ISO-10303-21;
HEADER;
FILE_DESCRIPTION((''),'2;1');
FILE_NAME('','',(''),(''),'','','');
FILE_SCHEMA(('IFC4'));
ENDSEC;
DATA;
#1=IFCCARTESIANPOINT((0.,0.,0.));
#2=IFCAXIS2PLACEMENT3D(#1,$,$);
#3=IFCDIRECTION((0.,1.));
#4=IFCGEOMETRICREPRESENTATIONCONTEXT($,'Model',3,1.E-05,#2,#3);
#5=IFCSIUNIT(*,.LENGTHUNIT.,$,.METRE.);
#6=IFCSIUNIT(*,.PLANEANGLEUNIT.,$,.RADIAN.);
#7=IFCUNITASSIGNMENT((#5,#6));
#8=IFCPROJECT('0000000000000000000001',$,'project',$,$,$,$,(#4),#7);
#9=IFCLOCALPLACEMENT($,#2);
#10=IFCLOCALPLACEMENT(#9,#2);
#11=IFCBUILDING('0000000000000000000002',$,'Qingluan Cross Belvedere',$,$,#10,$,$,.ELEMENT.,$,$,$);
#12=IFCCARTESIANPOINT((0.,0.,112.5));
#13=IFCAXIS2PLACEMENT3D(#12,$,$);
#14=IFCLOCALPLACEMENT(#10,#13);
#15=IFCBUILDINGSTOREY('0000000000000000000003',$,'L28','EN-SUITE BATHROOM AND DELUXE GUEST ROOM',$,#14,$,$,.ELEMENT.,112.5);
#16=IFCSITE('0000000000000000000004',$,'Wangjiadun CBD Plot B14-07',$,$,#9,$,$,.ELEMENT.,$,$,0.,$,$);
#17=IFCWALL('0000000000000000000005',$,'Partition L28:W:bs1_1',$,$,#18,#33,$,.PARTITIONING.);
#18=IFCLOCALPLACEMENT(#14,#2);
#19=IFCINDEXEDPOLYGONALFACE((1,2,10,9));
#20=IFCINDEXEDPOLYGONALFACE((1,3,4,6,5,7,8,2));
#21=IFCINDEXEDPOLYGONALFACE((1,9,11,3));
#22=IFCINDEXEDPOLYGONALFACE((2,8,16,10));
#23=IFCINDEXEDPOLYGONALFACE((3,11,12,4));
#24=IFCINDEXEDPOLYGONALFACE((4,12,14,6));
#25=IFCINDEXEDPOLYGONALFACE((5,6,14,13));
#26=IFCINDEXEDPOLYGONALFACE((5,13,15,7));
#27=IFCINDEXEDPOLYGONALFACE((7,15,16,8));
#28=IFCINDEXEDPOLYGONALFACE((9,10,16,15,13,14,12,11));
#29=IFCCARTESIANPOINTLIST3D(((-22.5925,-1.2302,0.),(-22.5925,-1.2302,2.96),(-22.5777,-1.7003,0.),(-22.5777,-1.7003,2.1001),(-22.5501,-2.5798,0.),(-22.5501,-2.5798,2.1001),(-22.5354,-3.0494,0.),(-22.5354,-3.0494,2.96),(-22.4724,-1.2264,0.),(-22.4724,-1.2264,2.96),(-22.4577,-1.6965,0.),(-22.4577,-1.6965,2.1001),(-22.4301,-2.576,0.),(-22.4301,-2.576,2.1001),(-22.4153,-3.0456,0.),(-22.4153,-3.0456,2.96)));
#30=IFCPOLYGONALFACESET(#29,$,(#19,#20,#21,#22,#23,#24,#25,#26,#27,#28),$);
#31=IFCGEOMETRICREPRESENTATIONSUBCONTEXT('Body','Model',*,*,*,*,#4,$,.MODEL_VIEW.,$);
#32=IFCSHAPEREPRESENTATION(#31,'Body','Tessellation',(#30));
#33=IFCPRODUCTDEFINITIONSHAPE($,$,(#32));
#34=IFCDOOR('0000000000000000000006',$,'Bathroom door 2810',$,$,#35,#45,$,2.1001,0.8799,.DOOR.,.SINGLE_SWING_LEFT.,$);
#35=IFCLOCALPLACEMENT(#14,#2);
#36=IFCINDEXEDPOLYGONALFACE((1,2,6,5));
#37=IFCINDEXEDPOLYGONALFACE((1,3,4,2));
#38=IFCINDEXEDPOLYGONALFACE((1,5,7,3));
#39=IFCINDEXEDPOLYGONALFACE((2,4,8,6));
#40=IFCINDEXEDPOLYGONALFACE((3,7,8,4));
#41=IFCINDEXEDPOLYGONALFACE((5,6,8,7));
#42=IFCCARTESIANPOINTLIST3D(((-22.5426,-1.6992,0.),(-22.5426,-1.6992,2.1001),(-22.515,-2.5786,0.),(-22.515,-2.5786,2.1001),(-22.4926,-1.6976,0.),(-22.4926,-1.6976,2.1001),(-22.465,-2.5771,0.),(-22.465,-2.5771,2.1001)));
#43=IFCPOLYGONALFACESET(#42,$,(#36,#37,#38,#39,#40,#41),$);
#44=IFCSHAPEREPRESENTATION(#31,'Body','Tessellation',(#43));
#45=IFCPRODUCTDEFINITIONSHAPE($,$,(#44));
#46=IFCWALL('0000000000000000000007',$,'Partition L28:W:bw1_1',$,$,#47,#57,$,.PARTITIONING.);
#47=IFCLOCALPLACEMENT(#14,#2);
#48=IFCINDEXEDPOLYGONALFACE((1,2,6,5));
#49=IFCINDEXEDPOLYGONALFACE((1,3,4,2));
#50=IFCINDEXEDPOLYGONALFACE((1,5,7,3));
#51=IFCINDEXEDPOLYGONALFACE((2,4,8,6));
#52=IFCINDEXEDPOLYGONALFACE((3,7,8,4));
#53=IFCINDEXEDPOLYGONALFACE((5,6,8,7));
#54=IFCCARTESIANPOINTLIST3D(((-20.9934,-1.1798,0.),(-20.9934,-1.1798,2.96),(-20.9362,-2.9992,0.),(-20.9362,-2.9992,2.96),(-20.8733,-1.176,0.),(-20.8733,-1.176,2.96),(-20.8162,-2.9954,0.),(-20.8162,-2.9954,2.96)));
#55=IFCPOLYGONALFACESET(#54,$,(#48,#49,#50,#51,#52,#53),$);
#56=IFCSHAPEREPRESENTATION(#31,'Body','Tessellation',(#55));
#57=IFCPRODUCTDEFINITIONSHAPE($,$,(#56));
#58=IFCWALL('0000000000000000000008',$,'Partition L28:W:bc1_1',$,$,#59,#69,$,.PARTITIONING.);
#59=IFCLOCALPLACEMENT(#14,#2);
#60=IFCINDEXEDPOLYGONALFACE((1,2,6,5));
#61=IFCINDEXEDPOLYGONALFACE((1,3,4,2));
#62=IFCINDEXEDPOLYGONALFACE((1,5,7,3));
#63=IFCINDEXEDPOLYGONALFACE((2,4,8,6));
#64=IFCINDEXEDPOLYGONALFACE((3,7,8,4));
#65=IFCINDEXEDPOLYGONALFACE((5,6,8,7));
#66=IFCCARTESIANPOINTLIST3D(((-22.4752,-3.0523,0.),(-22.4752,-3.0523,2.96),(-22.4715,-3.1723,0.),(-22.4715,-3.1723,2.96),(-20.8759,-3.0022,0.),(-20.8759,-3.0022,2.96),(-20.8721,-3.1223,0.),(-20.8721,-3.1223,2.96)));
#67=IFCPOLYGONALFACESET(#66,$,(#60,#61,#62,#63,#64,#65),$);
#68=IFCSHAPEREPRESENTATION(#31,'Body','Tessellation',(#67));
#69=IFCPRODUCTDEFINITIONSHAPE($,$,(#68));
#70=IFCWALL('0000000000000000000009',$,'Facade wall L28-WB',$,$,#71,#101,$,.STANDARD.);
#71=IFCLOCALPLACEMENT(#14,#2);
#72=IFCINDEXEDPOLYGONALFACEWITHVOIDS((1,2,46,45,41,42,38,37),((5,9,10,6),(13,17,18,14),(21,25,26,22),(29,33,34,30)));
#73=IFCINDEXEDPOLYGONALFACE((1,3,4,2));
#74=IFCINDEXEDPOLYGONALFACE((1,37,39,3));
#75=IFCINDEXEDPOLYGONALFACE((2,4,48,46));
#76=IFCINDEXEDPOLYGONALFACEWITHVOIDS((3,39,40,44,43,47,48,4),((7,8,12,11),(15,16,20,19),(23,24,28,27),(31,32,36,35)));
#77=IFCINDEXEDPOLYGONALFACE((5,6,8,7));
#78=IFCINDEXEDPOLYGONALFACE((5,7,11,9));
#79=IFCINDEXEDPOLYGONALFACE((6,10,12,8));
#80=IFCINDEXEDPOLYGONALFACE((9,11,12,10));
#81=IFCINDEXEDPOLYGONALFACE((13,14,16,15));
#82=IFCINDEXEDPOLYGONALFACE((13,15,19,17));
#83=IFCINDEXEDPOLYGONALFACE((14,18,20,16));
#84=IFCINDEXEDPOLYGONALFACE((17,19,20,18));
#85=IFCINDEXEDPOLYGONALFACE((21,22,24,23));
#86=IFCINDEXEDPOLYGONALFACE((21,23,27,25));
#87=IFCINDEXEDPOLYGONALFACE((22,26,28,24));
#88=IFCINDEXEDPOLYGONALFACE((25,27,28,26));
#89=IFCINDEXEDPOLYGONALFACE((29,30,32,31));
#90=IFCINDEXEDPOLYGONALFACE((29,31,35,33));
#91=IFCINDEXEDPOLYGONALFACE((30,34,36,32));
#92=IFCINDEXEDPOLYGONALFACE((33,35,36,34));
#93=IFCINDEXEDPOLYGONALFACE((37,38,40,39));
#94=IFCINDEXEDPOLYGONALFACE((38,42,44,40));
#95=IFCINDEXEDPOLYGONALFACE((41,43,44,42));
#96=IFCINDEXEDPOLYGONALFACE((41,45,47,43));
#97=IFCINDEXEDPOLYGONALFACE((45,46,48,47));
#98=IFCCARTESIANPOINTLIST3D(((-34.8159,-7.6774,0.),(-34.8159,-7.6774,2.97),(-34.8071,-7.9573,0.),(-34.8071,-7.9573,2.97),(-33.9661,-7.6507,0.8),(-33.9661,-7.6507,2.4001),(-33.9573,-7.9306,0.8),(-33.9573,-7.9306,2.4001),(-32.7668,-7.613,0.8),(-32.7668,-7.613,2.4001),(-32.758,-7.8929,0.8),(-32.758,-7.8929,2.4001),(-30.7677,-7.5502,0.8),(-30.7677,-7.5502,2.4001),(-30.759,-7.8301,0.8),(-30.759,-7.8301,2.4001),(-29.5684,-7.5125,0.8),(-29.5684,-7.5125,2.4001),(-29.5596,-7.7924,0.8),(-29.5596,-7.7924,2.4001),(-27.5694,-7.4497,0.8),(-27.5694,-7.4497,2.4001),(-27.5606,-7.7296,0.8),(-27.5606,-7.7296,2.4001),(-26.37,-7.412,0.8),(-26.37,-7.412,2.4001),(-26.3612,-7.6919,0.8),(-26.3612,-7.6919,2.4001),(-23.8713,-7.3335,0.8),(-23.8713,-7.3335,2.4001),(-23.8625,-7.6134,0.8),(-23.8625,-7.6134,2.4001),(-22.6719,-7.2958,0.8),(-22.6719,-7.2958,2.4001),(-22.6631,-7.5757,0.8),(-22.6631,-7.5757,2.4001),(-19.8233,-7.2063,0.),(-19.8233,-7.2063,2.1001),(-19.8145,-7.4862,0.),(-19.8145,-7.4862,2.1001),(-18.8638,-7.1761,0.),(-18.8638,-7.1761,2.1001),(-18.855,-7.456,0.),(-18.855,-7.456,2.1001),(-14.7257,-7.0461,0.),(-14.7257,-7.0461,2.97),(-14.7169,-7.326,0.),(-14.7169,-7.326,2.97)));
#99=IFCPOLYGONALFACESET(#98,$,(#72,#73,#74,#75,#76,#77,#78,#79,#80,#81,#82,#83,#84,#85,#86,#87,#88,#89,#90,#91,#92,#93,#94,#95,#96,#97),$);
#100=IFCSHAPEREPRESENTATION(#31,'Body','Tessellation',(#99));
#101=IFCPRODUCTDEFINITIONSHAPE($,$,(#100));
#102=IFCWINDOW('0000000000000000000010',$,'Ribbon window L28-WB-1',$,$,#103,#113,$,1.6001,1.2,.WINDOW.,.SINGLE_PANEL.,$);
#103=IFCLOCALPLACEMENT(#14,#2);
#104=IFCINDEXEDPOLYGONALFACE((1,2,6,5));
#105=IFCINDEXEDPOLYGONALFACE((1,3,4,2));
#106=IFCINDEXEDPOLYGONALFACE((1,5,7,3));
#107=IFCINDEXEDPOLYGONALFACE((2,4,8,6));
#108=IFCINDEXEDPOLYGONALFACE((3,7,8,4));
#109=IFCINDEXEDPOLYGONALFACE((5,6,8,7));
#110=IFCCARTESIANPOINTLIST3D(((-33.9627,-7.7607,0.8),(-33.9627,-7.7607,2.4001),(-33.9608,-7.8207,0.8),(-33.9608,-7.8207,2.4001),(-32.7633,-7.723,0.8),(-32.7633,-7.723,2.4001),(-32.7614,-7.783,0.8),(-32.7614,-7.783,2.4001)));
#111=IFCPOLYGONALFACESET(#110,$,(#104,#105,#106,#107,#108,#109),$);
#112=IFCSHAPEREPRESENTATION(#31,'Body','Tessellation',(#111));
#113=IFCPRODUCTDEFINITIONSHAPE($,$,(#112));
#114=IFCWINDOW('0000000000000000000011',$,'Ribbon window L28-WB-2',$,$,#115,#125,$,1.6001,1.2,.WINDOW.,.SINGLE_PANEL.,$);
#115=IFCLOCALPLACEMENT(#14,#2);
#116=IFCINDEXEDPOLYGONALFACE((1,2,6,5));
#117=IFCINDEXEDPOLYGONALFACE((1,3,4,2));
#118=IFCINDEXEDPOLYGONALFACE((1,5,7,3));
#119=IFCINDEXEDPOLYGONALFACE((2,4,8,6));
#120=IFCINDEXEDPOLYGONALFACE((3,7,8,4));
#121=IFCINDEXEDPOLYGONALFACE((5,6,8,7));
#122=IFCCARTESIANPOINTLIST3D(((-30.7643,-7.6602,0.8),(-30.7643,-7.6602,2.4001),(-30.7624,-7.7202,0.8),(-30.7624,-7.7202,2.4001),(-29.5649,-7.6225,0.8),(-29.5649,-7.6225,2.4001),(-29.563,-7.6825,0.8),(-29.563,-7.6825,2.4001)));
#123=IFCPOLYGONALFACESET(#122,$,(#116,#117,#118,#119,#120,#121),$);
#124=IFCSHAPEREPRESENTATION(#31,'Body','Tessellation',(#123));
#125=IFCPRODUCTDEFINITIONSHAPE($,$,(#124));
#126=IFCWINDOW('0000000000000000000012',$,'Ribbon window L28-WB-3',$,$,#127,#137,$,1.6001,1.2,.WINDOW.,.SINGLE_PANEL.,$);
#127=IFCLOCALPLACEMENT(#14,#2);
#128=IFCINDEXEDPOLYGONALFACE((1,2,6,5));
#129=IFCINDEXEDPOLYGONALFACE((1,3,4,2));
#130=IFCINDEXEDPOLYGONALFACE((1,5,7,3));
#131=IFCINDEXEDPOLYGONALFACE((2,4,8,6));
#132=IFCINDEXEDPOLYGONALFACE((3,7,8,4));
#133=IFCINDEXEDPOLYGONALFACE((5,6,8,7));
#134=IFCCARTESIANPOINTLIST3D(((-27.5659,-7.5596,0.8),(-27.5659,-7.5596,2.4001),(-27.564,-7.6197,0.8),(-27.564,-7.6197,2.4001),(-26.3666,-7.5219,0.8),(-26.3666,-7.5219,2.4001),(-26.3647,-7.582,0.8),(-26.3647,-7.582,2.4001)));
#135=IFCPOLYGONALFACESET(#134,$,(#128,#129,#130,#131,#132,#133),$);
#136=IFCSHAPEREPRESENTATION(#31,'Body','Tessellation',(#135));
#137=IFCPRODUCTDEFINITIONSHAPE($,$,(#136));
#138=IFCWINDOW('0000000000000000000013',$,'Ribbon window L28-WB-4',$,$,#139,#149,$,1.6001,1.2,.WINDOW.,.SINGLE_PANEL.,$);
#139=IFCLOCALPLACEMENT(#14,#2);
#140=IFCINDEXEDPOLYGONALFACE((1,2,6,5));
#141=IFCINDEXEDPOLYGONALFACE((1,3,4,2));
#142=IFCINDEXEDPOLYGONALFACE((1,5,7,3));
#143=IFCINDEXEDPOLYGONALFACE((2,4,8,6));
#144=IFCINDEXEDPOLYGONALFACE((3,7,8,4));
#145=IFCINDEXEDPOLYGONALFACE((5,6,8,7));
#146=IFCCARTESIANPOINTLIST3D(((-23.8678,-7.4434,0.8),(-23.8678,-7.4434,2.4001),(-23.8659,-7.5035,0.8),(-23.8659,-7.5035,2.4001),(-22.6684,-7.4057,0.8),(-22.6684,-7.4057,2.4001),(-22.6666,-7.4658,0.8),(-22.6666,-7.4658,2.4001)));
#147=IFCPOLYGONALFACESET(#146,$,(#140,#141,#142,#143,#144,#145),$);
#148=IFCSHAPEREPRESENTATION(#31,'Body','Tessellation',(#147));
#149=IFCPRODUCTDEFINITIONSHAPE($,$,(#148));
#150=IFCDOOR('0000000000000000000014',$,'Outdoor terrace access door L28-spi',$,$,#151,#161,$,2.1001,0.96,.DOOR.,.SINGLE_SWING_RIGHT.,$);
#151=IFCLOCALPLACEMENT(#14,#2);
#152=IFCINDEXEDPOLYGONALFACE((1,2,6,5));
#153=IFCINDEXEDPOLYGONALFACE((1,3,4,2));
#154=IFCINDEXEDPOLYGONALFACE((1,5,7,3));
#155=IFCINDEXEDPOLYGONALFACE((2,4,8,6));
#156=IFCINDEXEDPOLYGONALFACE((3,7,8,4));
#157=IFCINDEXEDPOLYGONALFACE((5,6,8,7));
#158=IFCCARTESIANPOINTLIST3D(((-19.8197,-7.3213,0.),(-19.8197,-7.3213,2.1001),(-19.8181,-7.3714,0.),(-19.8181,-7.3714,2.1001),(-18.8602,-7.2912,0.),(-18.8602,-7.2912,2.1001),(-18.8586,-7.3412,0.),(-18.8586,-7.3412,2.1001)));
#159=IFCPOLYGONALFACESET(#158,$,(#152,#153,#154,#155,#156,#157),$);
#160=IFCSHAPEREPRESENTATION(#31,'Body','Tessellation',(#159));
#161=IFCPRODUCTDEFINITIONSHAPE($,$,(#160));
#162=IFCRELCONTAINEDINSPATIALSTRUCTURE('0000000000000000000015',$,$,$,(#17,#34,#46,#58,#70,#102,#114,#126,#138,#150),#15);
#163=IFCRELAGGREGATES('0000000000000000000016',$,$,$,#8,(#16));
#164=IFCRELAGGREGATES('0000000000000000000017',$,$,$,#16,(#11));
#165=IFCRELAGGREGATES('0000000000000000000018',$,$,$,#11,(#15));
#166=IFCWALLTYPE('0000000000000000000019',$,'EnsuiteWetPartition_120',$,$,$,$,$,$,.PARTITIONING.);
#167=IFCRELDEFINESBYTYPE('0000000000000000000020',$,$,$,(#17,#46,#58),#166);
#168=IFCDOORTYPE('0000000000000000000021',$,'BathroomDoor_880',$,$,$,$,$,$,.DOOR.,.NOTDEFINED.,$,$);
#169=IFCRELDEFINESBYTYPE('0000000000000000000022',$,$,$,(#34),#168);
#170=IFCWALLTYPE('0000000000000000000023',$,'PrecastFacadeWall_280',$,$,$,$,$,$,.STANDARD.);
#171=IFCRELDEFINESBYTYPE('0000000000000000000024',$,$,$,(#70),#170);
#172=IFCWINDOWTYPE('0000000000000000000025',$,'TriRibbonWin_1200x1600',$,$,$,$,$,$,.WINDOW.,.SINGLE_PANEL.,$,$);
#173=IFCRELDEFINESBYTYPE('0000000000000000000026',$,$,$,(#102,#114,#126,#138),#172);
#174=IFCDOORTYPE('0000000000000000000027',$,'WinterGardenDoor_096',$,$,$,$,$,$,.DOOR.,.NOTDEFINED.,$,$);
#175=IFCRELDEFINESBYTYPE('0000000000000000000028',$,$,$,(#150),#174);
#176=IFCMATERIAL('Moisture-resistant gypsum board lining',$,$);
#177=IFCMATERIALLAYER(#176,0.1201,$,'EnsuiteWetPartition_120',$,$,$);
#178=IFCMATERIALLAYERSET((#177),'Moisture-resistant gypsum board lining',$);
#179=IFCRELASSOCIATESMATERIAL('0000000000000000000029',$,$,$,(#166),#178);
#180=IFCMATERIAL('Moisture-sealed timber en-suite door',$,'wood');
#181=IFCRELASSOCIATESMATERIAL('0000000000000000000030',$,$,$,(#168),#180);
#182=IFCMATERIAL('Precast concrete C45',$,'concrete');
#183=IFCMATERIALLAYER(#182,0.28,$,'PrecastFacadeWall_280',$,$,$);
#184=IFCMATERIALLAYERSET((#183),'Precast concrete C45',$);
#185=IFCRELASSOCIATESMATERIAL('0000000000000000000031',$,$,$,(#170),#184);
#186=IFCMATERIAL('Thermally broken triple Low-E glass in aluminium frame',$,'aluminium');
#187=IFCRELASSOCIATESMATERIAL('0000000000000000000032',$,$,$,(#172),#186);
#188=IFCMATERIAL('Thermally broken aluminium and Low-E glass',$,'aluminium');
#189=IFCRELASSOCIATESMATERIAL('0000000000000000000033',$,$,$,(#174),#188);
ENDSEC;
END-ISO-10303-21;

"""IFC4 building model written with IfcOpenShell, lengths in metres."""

from ifc_helpers import new_model, si_unit, direction, frame, frame_2d, origin, place, context, subcontext, project, spatial, rectangle, extrude, material, layer, layer_set, type_object, element, fill, save


model = new_model("IFC4")

# Units and contexts
model_context = context("Model", 3, precision=1e-05, world=origin(), true_north=direction((0.0, 1.0)))
body_context = subcontext(model_context, "Body", "Model", "MODEL_VIEW")
ifc_project = project(units=[si_unit("LENGTHUNIT", "METRE"), si_unit("PLANEANGLEUNIT", "RADIAN")], contexts=[model_context])

# Site, building, storey
site_placement = place(None, origin())
site = spatial("IfcSite", under=ifc_project, at=site_placement, Name="Wangjiadun CBD Plot B14-07", CompositionType="ELEMENT", RefElevation=0.0)
building_placement = place(site_placement, origin())
building = spatial("IfcBuilding", under=site, at=building_placement, Name="Qingluan Cross Belvedere", CompositionType="ELEMENT")
storey_placement = place(building_placement, frame((0.0, 0.0, 112.5)))
storey = spatial("IfcBuildingStorey", under=building, at=storey_placement, Name="L28", Description="EN-SUITE BATHROOM AND DELUXE GUEST ROOM", CompositionType="ELEMENT", Elevation=112.5)

# Shared definitions
ifc_material_1 = material(Name="Moisture-resistant gypsum board lining")
ifc_layer_1 = layer(ifc_material_1, 0.1201, Name="EnsuiteWetPartition_120")
ifc_layer_set_1 = layer_set([ifc_layer_1], Name="Moisture-resistant gypsum board lining")
wall_type_1 = type_object("IfcWallType", Name="EnsuiteWetPartition_120", PredefinedType="PARTITIONING", material=ifc_layer_set_1)
ifc_material_2 = material(Name="Moisture-sealed timber en-suite door", Category="wood")
door_type_1 = type_object("IfcDoorType", Name="BathroomDoor_880", OperationType="NOTDEFINED", PredefinedType="DOOR", material=ifc_material_2)

# Wall, opening, door
wall_1_placement = place(storey_placement, frame((-22.4753, -3.0476, 0.0), z_axis=(0.0, 0.0, 1.0), x_axis=(-0.03139, 0.999507, 0.0)))
wall_1 = element("IfcWall", 1, at=wall_1_placement, inside=storey, type_object=wall_type_1, Name="Partition L28:W:bs1_1", PredefinedType="PARTITIONING", context=body_context, shape_type="SweptSolid", body=[
    extrude(rectangle(XDim=1.8201, YDim=0.1201, at=frame_2d((0.9102, 0.0))), origin(), (0.0, 0.0, 1.0), 2.96),
])
opening_1_placement = place(wall_1_placement, frame((0.47, 0.0, 0.0)))
opening_1 = element("IfcOpeningElement", 2, at=opening_1_placement, cuts=wall_1, PredefinedType="OPENING", context=body_context, shape_type="SweptSolid", body=[
    extrude(rectangle(XDim=0.8799, YDim=2.1001, at=frame_2d((0.4399, 1.05))), frame((0.0, 0.0701, 0.0), z_axis=(0.0, -1.0, 0.0), x_axis=(1.0, 0.0, 0.0)), (0.0, 0.0, 1.0), 0.1401),
])
door_1_placement = place(opening_1_placement, origin())
door_1 = element("IfcDoor", 3, at=door_1_placement, inside=storey, type_object=door_type_1, Name="Bathroom door 2810", OperationType="SINGLE_SWING_LEFT", OverallHeight=2.1001, OverallWidth=0.8799, PredefinedType="DOOR", context=body_context, shape_type="SweptSolid", body=[
    extrude(rectangle(XDim=0.8799, YDim=2.1001, at=frame_2d((0.4399, 1.05))), frame((0.0, 0.0249, 0.0), z_axis=(0.0, -1.0, 0.0), x_axis=(1.0, 0.0, 0.0)), (0.0, 0.0, 1.0), 0.05),
])
fill(opening_1, door_1)

# Walls
wall_2_placement = place(storey_placement, frame((-20.8762, -2.9973, 0.0), z_axis=(0.0, 0.0, 1.0), x_axis=(-0.031385, 0.999507, 0.0)))
element("IfcWall", 4, at=wall_2_placement, inside=storey, type_object=wall_type_1, Name="Partition L28:W:bw1_1", PredefinedType="PARTITIONING", context=body_context, shape_type="SweptSolid", body=[
    extrude(rectangle(XDim=1.8203, YDim=0.1201, at=frame_2d((0.9102, 0.0))), origin(), (0.0, 0.0, 1.0), 2.96),
])
wall_3_placement = place(storey_placement, frame((-20.874, -3.0623, 0.0), z_axis=(0.0, 0.0, 1.0), x_axis=(-0.999511, -0.031278, 0.0)))
element("IfcWall", 5, at=wall_3_placement, inside=storey, type_object=wall_type_1, Name="Partition L28:W:bc1_1", PredefinedType="PARTITIONING", context=body_context, shape_type="SweptSolid", body=[
    extrude(rectangle(XDim=1.6001, YDim=0.1201, at=frame_2d((0.8, 0.0))), origin(), (0.0, 0.0, 1.0), 2.96),
])

# Wall, openings, windows, door
ifc_material_3 = material(Name="Precast concrete C45", Category="concrete")
ifc_layer_2 = layer(ifc_material_3, 0.28, Name="PrecastFacadeWall_280")
ifc_layer_set_2 = layer_set([ifc_layer_2], Name="Precast concrete C45")
wall_type_2 = type_object("IfcWallType", Name="PrecastFacadeWall_280", PredefinedType="STANDARD", material=ifc_layer_set_2)
wall_4_placement = place(storey_placement, frame((-34.8115, -7.8174, 0.0), z_axis=(0.0, 0.0, 1.0), x_axis=(0.999507, 0.03141, 0.0)))
wall_4 = element("IfcWall", 6, at=wall_4_placement, inside=storey, type_object=wall_type_2, Name="Facade wall L28-WB", PredefinedType="STANDARD", context=body_context, shape_type="SweptSolid", body=[
    extrude(rectangle(XDim=20.1001, YDim=0.28, at=frame_2d((10.05, 0.0))), origin(), (0.0, 0.0, 1.0), 2.97),
])
opening_2_placement = place(wall_4_placement, frame((0.8501, 0.0, 0.8)))
opening_2 = element("IfcOpeningElement", 7, at=opening_2_placement, cuts=wall_4, PredefinedType="OPENING", context=body_context, shape_type="SweptSolid", body=[
    extrude(rectangle(XDim=1.2, YDim=1.6001, at=frame_2d((0.6001, 0.8))), frame((0.0, 0.1499, 0.0), z_axis=(0.0, -1.0, 0.0), x_axis=(1.0, 0.0, 0.0)), (0.0, 0.0, 1.0), 0.3),
])
opening_3_placement = place(wall_4_placement, frame((4.05, 0.0, 0.8)))
opening_3 = element("IfcOpeningElement", 8, at=opening_3_placement, cuts=wall_4, PredefinedType="OPENING", context=body_context, shape_type="SweptSolid", body=[
    extrude(rectangle(XDim=1.2, YDim=1.6001, at=frame_2d((0.6001, 0.8))), frame((0.0, 0.1499, 0.0), z_axis=(0.0, -1.0, 0.0), x_axis=(1.0, 0.0, 0.0)), (0.0, 0.0, 1.0), 0.3),
])
opening_4_placement = place(wall_4_placement, frame((7.25, 0.0, 0.8)))
opening_4 = element("IfcOpeningElement", 9, at=opening_4_placement, cuts=wall_4, PredefinedType="OPENING", context=body_context, shape_type="SweptSolid", body=[
    extrude(rectangle(XDim=1.2, YDim=1.6001, at=frame_2d((0.6001, 0.8))), frame((0.0, 0.1499, 0.0), z_axis=(0.0, -1.0, 0.0), x_axis=(1.0, 0.0, 0.0)), (0.0, 0.0, 1.0), 0.3),
])
opening_5_placement = place(wall_4_placement, frame((10.95, 0.0, 0.8)))
opening_5 = element("IfcOpeningElement", 10, at=opening_5_placement, cuts=wall_4, PredefinedType="OPENING", context=body_context, shape_type="SweptSolid", body=[
    extrude(rectangle(XDim=1.2, YDim=1.6001, at=frame_2d((0.6001, 0.8))), frame((0.0, 0.1499, 0.0), z_axis=(0.0, -1.0, 0.0), x_axis=(1.0, 0.0, 0.0)), (0.0, 0.0, 1.0), 0.3),
])
opening_6_placement = place(wall_4_placement, frame((15.0, 0.0, 0.0)))
opening_6 = element("IfcOpeningElement", 11, at=opening_6_placement, cuts=wall_4, PredefinedType="OPENING", context=body_context, shape_type="SweptSolid", body=[
    extrude(rectangle(XDim=0.96, YDim=2.1001, at=frame_2d((0.48, 1.05))), frame((0.0, 0.1499, 0.0), z_axis=(0.0, -1.0, 0.0), x_axis=(1.0, 0.0, 0.0)), (0.0, 0.0, 1.0), 0.3),
])
ifc_material_4 = material(Name="Thermally broken triple Low-E glass in aluminium frame", Category="aluminium")
window_type = type_object("IfcWindowType", Name="TriRibbonWin_1200x1600", PartitioningType="SINGLE_PANEL", PredefinedType="WINDOW", material=ifc_material_4)
window_1_placement = place(opening_2_placement, origin())
window_1 = element("IfcWindow", 12, at=window_1_placement, inside=storey, type_object=window_type, Name="Ribbon window L28-WB-1", OverallHeight=1.6001, OverallWidth=1.2, PartitioningType="SINGLE_PANEL", PredefinedType="WINDOW", context=body_context, shape_type="SweptSolid", body=[
    extrude(rectangle(XDim=1.2, YDim=1.6001, at=frame_2d((0.6001, 0.8))), frame((0.0, 0.03, 0.0), z_axis=(0.0, -1.0, 0.0), x_axis=(1.0, 0.0, 0.0)), (0.0, 0.0, 1.0), 0.0601),
])
fill(opening_2, window_1)
window_2_placement = place(opening_3_placement, origin())
window_2 = element("IfcWindow", 13, at=window_2_placement, inside=storey, type_object=window_type, Name="Ribbon window L28-WB-2", OverallHeight=1.6001, OverallWidth=1.2, PartitioningType="SINGLE_PANEL", PredefinedType="WINDOW", context=body_context, shape_type="SweptSolid", body=[
    extrude(rectangle(XDim=1.2, YDim=1.6001, at=frame_2d((0.6001, 0.8))), frame((0.0, 0.03, 0.0), z_axis=(0.0, -1.0, 0.0), x_axis=(1.0, 0.0, 0.0)), (0.0, 0.0, 1.0), 0.0601),
])
fill(opening_3, window_2)
window_3_placement = place(opening_4_placement, origin())
window_3 = element("IfcWindow", 14, at=window_3_placement, inside=storey, type_object=window_type, Name="Ribbon window L28-WB-3", OverallHeight=1.6001, OverallWidth=1.2, PartitioningType="SINGLE_PANEL", PredefinedType="WINDOW", context=body_context, shape_type="SweptSolid", body=[
    extrude(rectangle(XDim=1.2, YDim=1.6001, at=frame_2d((0.6001, 0.8))), frame((0.0, 0.03, 0.0), z_axis=(0.0, -1.0, 0.0), x_axis=(1.0, 0.0, 0.0)), (0.0, 0.0, 1.0), 0.0601),
])
fill(opening_4, window_3)
window_4_placement = place(opening_5_placement, origin())
window_4 = element("IfcWindow", 15, at=window_4_placement, inside=storey, type_object=window_type, Name="Ribbon window L28-WB-4", OverallHeight=1.6001, OverallWidth=1.2, PartitioningType="SINGLE_PANEL", PredefinedType="WINDOW", context=body_context, shape_type="SweptSolid", body=[
    extrude(rectangle(XDim=1.2, YDim=1.6001, at=frame_2d((0.6001, 0.8))), frame((0.0, 0.03, 0.0), z_axis=(0.0, -1.0, 0.0), x_axis=(1.0, 0.0, 0.0)), (0.0, 0.0, 1.0), 0.0601),
])
fill(opening_5, window_4)
ifc_material_5 = material(Name="Thermally broken aluminium and Low-E glass", Category="aluminium")
door_type_2 = type_object("IfcDoorType", Name="WinterGardenDoor_096", OperationType="NOTDEFINED", PredefinedType="DOOR", material=ifc_material_5)
door_2_placement = place(opening_6_placement, origin())
door_2 = element("IfcDoor", 16, at=door_2_placement, inside=storey, type_object=door_type_2, Name="Outdoor terrace access door L28-spi", OperationType="SINGLE_SWING_RIGHT", OverallHeight=2.1001, OverallWidth=0.96, PredefinedType="DOOR", context=body_context, shape_type="SweptSolid", body=[
    extrude(rectangle(XDim=0.96, YDim=2.1001, at=frame_2d((0.48, 1.05))), frame((0.0, 0.0249, 0.0), z_axis=(0.0, -1.0, 0.0), x_axis=(1.0, 0.0, 0.0)), (0.0, 0.0, 1.0), 0.05),
])
fill(opening_6, door_2)

save(model, "model.ifc")
